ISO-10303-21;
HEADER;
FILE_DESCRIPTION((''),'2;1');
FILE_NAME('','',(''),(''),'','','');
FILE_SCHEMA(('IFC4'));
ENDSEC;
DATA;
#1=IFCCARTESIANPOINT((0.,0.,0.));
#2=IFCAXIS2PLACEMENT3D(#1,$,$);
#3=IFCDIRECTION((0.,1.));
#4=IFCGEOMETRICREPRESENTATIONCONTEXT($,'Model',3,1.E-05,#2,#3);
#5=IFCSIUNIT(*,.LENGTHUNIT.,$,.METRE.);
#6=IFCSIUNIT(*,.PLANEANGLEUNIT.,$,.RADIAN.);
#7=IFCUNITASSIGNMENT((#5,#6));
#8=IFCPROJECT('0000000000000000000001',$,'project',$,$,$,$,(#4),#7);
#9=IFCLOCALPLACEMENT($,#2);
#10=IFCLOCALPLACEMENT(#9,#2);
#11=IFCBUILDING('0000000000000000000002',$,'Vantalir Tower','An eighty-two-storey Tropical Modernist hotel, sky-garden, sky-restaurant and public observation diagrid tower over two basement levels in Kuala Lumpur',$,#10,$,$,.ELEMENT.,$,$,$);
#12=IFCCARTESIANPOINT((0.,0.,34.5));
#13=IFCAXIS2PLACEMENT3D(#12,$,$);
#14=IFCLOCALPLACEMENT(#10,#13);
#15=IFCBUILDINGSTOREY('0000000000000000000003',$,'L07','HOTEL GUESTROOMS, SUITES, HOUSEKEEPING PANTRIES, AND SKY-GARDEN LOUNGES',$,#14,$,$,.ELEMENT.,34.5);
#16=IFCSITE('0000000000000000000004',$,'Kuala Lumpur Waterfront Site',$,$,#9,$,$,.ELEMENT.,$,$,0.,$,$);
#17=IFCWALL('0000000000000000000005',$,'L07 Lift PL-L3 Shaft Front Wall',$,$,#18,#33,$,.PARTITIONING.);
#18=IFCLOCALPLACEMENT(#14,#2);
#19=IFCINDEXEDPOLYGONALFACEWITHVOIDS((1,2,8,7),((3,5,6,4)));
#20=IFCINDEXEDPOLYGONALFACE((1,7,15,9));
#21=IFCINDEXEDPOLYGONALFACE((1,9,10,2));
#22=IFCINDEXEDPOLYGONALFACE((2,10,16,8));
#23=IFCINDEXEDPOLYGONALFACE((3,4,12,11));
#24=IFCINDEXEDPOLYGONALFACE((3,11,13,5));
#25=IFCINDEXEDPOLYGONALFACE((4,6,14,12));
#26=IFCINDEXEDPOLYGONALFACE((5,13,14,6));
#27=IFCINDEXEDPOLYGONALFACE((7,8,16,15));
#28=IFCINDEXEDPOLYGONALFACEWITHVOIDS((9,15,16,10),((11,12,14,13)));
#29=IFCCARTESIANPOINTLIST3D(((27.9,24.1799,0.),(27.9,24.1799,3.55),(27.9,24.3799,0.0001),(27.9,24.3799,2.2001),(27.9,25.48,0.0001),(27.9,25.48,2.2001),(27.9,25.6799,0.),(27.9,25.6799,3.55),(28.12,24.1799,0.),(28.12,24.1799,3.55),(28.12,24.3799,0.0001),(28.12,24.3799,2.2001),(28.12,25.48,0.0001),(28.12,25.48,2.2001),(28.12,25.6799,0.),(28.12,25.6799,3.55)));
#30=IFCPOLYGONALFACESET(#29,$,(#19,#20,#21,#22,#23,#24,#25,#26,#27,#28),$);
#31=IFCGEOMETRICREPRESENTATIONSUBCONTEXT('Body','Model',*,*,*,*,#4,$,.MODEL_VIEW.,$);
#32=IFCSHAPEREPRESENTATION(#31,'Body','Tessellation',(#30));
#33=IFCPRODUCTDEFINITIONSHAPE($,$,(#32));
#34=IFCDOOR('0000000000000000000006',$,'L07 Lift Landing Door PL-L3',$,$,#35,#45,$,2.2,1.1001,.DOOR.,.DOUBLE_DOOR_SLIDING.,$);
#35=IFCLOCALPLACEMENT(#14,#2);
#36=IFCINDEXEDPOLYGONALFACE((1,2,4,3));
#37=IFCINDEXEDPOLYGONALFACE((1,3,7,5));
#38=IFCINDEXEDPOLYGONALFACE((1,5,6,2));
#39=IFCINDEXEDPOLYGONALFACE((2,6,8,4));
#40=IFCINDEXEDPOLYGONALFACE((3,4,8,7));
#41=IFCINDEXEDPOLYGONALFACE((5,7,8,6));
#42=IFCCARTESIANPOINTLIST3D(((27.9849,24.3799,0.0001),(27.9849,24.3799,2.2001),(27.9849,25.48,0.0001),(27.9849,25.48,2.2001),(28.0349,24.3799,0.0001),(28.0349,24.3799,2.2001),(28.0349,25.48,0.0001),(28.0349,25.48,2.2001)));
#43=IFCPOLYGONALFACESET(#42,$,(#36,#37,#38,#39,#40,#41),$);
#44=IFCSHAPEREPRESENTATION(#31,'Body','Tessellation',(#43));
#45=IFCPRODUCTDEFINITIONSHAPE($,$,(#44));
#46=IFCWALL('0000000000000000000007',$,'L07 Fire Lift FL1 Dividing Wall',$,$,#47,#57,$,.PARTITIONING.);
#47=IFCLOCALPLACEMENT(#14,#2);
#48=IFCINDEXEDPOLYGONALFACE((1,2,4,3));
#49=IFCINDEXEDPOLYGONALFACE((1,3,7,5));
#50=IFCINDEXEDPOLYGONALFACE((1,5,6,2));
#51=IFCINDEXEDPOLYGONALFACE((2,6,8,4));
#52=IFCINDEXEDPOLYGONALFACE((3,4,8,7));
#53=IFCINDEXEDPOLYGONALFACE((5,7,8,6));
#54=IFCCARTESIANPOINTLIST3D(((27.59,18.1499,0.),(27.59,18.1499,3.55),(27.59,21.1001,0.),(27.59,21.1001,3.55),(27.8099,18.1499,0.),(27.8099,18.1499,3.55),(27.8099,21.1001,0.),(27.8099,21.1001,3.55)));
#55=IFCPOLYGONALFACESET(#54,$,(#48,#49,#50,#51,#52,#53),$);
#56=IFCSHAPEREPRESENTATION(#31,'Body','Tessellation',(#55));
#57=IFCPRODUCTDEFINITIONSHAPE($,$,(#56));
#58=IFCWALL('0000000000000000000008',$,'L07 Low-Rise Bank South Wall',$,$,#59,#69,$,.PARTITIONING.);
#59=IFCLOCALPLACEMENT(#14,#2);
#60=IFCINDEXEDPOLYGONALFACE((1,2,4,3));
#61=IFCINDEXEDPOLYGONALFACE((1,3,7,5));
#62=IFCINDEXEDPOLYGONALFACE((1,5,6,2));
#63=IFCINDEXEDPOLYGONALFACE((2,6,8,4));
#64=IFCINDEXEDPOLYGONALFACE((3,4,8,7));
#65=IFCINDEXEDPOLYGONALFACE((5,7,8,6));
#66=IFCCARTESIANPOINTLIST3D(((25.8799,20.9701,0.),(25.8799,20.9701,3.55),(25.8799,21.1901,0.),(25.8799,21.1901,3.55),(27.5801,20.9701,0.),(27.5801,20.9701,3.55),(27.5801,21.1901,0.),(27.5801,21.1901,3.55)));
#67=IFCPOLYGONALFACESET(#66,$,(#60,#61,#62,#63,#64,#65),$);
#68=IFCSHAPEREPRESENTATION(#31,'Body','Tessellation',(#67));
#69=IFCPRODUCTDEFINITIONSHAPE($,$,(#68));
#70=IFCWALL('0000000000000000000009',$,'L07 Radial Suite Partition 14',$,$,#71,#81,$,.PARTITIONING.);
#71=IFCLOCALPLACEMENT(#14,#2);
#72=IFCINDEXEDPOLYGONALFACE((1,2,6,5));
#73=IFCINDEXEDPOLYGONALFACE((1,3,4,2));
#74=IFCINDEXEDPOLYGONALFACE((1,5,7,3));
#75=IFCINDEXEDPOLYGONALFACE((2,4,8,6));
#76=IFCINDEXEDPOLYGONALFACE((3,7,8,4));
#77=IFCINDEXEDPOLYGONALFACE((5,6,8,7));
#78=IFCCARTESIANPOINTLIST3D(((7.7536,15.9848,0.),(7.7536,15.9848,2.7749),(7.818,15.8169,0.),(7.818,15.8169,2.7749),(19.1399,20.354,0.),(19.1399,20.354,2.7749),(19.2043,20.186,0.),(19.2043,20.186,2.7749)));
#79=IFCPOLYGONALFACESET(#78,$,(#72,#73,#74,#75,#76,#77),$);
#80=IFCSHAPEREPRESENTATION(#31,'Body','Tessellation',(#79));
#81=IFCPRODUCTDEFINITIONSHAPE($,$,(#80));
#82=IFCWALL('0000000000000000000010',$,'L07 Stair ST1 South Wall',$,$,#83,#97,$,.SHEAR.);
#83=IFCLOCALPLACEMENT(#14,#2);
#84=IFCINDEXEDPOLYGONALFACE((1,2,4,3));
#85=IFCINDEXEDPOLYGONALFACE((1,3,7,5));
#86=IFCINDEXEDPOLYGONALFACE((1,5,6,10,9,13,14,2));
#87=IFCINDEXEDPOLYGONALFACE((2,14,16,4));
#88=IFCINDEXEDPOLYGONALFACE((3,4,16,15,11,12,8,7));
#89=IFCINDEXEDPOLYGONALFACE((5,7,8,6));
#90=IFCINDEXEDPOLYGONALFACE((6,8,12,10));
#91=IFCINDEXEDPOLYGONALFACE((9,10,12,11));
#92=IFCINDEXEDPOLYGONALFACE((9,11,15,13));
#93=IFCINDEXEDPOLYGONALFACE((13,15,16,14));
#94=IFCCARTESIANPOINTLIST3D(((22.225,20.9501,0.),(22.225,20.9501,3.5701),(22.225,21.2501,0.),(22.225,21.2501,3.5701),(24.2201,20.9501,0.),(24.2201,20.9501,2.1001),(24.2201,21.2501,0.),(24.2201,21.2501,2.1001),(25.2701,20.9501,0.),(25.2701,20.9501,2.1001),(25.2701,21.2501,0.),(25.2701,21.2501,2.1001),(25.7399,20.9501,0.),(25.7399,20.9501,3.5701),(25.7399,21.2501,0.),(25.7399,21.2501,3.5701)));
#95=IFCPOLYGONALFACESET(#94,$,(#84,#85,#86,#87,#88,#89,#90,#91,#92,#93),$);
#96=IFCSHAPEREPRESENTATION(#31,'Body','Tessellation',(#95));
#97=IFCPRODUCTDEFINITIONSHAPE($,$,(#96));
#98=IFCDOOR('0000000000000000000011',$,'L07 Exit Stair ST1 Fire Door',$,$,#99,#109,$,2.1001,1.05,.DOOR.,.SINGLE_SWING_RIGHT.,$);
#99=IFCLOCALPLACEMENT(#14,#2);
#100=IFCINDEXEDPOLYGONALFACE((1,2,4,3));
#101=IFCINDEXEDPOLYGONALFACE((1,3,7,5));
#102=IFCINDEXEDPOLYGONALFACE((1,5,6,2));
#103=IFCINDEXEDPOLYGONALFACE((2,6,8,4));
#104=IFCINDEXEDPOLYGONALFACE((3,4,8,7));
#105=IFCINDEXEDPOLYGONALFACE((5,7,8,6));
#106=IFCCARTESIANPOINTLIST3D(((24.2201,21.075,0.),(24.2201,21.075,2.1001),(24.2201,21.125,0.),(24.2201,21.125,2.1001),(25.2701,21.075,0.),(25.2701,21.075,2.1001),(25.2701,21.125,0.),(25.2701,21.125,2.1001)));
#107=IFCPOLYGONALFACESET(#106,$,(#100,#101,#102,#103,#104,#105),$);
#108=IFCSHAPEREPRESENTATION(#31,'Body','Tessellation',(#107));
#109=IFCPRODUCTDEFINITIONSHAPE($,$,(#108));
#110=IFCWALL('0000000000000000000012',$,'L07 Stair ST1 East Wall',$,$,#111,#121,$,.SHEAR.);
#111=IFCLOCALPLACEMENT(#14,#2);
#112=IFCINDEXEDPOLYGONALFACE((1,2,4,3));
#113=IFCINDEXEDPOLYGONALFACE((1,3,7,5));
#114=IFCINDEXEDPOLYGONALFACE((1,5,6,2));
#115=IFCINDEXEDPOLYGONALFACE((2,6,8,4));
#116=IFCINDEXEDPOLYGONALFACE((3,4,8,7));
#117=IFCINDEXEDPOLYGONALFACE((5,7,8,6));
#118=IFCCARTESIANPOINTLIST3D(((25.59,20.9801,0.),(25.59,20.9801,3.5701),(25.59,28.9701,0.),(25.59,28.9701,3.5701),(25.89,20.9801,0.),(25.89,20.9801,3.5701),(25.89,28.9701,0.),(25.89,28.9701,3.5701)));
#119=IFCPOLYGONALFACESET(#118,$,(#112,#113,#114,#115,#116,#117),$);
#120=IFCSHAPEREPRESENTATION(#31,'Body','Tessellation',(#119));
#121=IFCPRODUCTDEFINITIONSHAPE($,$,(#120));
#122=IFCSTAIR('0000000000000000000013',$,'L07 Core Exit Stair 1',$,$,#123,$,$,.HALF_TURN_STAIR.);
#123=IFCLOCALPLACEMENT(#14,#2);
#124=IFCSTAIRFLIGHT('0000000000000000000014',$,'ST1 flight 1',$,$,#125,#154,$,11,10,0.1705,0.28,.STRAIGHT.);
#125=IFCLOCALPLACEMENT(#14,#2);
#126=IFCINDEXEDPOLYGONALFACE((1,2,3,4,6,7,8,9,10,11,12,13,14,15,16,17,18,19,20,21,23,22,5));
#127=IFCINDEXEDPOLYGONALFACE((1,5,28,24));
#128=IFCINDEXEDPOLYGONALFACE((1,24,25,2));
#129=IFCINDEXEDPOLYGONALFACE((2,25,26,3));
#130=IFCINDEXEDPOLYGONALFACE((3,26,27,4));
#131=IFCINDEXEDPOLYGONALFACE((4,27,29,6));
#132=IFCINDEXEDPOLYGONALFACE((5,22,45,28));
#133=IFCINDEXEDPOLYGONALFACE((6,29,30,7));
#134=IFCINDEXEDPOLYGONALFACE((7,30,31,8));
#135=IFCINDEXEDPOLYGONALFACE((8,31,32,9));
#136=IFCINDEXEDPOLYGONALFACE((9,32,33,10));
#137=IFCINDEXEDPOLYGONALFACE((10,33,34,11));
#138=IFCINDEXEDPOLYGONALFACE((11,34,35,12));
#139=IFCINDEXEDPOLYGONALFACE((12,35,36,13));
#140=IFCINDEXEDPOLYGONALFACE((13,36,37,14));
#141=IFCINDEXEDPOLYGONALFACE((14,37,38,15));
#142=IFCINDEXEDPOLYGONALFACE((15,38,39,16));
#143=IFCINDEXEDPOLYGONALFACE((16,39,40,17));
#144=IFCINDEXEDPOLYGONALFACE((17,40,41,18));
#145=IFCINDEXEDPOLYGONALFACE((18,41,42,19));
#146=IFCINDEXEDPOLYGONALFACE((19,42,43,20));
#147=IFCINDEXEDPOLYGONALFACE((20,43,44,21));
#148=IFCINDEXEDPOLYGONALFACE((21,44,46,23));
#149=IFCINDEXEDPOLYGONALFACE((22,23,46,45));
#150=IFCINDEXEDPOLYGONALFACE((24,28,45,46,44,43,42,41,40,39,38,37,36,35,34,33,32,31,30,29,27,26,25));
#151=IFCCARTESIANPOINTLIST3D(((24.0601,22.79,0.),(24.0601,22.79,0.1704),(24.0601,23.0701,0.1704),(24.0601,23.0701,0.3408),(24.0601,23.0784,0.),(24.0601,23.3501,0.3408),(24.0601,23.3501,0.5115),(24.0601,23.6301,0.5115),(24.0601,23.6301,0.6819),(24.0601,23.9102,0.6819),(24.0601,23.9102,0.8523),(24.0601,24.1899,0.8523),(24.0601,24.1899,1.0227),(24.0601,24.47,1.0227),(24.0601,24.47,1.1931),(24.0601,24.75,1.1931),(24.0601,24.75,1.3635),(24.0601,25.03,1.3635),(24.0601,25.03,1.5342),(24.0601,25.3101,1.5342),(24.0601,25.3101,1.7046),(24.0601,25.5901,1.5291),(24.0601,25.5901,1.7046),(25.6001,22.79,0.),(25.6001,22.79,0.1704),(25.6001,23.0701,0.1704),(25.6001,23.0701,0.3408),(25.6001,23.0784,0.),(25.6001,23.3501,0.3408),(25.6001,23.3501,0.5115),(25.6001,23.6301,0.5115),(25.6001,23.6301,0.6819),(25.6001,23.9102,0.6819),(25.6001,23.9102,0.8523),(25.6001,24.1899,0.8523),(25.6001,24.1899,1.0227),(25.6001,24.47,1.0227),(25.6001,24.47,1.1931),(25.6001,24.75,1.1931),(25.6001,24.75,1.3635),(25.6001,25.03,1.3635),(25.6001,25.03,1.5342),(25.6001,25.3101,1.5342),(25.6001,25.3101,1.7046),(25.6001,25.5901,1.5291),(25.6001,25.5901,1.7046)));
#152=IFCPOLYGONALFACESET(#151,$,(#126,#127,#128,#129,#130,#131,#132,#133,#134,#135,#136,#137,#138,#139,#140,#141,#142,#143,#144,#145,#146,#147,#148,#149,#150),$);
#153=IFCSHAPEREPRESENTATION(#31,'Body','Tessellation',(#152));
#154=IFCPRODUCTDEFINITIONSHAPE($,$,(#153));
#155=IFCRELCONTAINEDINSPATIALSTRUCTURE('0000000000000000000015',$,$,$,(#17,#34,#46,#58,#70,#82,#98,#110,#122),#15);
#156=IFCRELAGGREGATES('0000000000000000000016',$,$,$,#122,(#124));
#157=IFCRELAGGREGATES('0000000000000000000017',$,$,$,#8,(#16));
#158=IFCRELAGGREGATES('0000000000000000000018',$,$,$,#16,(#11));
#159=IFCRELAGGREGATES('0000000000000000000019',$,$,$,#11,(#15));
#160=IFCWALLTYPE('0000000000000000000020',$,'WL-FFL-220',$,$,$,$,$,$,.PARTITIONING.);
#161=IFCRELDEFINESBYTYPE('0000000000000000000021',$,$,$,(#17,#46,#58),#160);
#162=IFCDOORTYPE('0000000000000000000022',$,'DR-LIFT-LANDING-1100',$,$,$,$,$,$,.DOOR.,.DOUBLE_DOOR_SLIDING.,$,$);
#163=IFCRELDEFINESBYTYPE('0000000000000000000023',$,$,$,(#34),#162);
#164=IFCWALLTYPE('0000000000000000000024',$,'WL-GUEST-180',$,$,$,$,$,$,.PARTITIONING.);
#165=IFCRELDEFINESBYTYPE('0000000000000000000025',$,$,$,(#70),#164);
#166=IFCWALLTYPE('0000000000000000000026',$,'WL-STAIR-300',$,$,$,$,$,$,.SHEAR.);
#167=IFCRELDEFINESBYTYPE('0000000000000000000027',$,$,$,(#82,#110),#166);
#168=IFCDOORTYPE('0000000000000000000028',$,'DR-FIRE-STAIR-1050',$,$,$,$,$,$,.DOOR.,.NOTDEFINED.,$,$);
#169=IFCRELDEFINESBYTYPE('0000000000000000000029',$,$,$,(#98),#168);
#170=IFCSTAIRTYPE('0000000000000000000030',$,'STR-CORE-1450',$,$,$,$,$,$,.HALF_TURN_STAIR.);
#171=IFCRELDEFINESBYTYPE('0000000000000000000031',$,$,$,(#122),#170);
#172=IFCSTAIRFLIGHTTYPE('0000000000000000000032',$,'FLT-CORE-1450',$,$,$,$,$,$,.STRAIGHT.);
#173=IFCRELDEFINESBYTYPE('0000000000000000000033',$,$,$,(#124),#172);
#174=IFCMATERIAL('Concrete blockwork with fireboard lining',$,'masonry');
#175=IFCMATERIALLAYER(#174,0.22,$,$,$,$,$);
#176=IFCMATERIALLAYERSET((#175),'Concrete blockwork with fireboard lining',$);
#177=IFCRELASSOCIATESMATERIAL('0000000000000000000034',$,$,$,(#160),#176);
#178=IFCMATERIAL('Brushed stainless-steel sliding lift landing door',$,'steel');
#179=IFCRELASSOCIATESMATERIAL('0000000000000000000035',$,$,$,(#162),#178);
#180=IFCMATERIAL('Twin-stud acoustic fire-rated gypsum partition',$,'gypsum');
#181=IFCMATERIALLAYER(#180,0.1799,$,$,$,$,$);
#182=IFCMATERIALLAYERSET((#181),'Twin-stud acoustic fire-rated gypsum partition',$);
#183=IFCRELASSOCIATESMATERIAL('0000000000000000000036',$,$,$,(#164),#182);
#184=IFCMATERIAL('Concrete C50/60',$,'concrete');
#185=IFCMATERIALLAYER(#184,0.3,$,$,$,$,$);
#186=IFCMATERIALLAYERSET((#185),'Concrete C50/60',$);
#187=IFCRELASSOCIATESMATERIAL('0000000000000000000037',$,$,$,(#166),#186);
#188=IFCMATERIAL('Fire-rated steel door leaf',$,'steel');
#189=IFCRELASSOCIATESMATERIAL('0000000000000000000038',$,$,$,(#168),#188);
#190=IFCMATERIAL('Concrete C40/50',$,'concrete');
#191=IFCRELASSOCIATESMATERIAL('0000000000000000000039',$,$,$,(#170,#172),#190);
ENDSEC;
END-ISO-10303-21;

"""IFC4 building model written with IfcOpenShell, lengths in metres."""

from ifc_helpers import new_model, si_unit, direction, frame, frame_2d, origin, place, context, subcontext, project, spatial, polyline, rectangle, outline, extrude, material, layer, layer_set, type_object, element, fill, aggregate, save


model = new_model("IFC4")

# Units and contexts
model_context = context("Model", 3, precision=1e-05, world=origin(), true_north=direction((0.0, 1.0)))
body_context = subcontext(model_context, "Body", "Model", "MODEL_VIEW")
ifc_project = project(units=[si_unit("LENGTHUNIT", "METRE"), si_unit("PLANEANGLEUNIT", "RADIAN")], contexts=[model_context])

# Site, building, storey
site_placement = place(None, origin())
site = spatial("IfcSite", under=ifc_project, at=site_placement, Name="Kuala Lumpur Waterfront Site", CompositionType="ELEMENT", RefElevation=0.0)
building_placement = place(site_placement, origin())
building = spatial("IfcBuilding", under=site, at=building_placement, Name="Vantalir Tower", Description="An eighty-two-storey Tropical Modernist hotel, sky-garden, sky-restaurant and public observation diagrid tower over two basement levels in Kuala Lumpur", CompositionType="ELEMENT")
storey_placement = place(building_placement, frame((0.0, 0.0, 34.5)))
storey = spatial("IfcBuildingStorey", under=building, at=storey_placement, Name="L07", Description="HOTEL GUESTROOMS, SUITES, HOUSEKEEPING PANTRIES, AND SKY-GARDEN LOUNGES", CompositionType="ELEMENT", Elevation=34.5)

# Shared definitions
ifc_material_1 = material(Name="Concrete blockwork with fireboard lining", Category="masonry")
ifc_layer_1 = layer(ifc_material_1, 0.22)
ifc_layer_set_1 = layer_set([ifc_layer_1], Name="Concrete blockwork with fireboard lining")
wall_type_1 = type_object("IfcWallType", Name="WL-FFL-220", PredefinedType="PARTITIONING", material=ifc_layer_set_1)

# Shared definitions
ifc_material_2 = material(Name="Brushed stainless-steel sliding lift landing door", Category="steel")
door_type_1 = type_object("IfcDoorType", Name="DR-LIFT-LANDING-1100", OperationType="DOUBLE_DOOR_SLIDING", PredefinedType="DOOR", material=ifc_material_2)

# Wall, opening, door
wall_1_placement = place(storey_placement, frame((28.01, 24.1799, 0.0), z_axis=(0.0, 0.0, 1.0), x_axis=(0.0, 1.0, 0.0)))
wall_1 = element("IfcWall", 1, at=wall_1_placement, inside=storey, type_object=wall_type_1, Name="L07 Lift PL-L3 Shaft Front Wall", PredefinedType="PARTITIONING", context=body_context, shape_type="SweptSolid", body=[
    extrude(rectangle(XDim=1.5, YDim=0.22, at=frame_2d((0.75, 0.0))), origin(), (0.0, 0.0, 1.0), 3.55),
])
opening_1_placement = place(wall_1_placement, frame((0.2, 0.0, 0.0)))
opening_1 = element("IfcOpeningElement", 2, at=opening_1_placement, cuts=wall_1, PredefinedType="OPENING", context=body_context, shape_type="SweptSolid", body=[
    extrude(rectangle(XDim=1.1001, YDim=2.2, at=frame_2d((0.55, 1.1001))), frame((0.0, 0.1199, 0.0), z_axis=(0.0, -1.0, 0.0), x_axis=(1.0, 0.0, 0.0)), (0.0, 0.0, 1.0), 0.24),
])
door_1_placement = place(opening_1_placement, frame((1.1001, 0.0, 0.0), z_axis=(0.0, 0.0, 1.0), x_axis=(-1.0, 0.0, 0.0)))
door_1 = element("IfcDoor", 3, at=door_1_placement, inside=storey, type_object=door_type_1, Name="L07 Lift Landing Door PL-L3", OperationType="DOUBLE_DOOR_SLIDING", OverallHeight=2.2, OverallWidth=1.1001, PredefinedType="DOOR", context=body_context, shape_type="SweptSolid", body=[
    extrude(rectangle(XDim=1.1001, YDim=2.2, at=frame_2d((0.55, 1.1001))), frame((0.0, 0.0249, 0.0), z_axis=(0.0, -1.0, 0.0), x_axis=(1.0, 0.0, 0.0)), (0.0, 0.0, 1.0), 0.05),
])
fill(opening_1, door_1)

# Walls
wall_2_placement = place(storey_placement, frame((27.7, 18.1499, 0.0), z_axis=(0.0, 0.0, 1.0), x_axis=(0.0, 1.0, 0.0)))
element("IfcWall", 4, at=wall_2_placement, inside=storey, type_object=wall_type_1, Name="L07 Fire Lift FL1 Dividing Wall", PredefinedType="PARTITIONING", context=body_context, shape_type="SweptSolid", body=[
    extrude(rectangle(XDim=2.9502, YDim=0.22, at=frame_2d((1.4751, 0.0))), origin(), (0.0, 0.0, 1.0), 3.55),
])
wall_3_placement = place(storey_placement, frame((25.8799, 21.0801, 0.0), z_axis=(0.0, 0.0, 1.0), x_axis=(1.0, 0.0, 0.0)))
element("IfcWall", 5, at=wall_3_placement, inside=storey, type_object=wall_type_1, Name="L07 Low-Rise Bank South Wall", PredefinedType="PARTITIONING", context=body_context, shape_type="SweptSolid", body=[
    extrude(rectangle(XDim=1.7002, YDim=0.22, at=frame_2d((0.8501, 0.0))), origin(), (0.0, 0.0, 1.0), 3.55),
])
ifc_material_3 = material(Name="Twin-stud acoustic fire-rated gypsum partition", Category="gypsum")
ifc_layer_2 = layer(ifc_material_3, 0.1799)
ifc_layer_set_2 = layer_set([ifc_layer_2], Name="Twin-stud acoustic fire-rated gypsum partition")
wall_type_2 = type_object("IfcWallType", Name="WL-GUEST-180", PredefinedType="PARTITIONING", material=ifc_layer_set_2)
wall_4_placement = place(storey_placement, frame((19.1721, 20.27, 0.0), z_axis=(0.0, 0.0, 1.0), x_axis=(-0.933625, -0.358252, 0.0)))
element("IfcWall", 6, at=wall_4_placement, inside=storey, type_object=wall_type_2, Name="L07 Radial Suite Partition 14", PredefinedType="PARTITIONING", context=body_context, shape_type="SweptSolid", body=[
    extrude(rectangle(XDim=12.1958, YDim=0.1799, at=frame_2d((6.0979, 0.0))), origin(), (0.0, 0.0, 1.0), 2.7749),
])

# Wall, opening, door
ifc_material_4 = material(Name="Concrete C50/60", Category="concrete")
ifc_layer_3 = layer(ifc_material_4, 0.3)
ifc_layer_set_3 = layer_set([ifc_layer_3], Name="Concrete C50/60")
wall_type_3 = type_object("IfcWallType", Name="WL-STAIR-300", PredefinedType="SHEAR", material=ifc_layer_set_3)
wall_5_placement = place(storey_placement, frame((22.2251, 21.1001, 0.0), z_axis=(0.0, 0.0, 1.0), x_axis=(1.0, 0.0, 0.0)))
wall_5 = element("IfcWall", 7, at=wall_5_placement, inside=storey, type_object=wall_type_3, Name="L07 Stair ST1 South Wall", PredefinedType="SHEAR", context=body_context, shape_type="SweptSolid", body=[
    extrude(rectangle(XDim=3.5149, YDim=0.3, at=frame_2d((1.7573, 0.0))), origin(), (0.0, 0.0, 1.0), 3.5701),
])
opening_2_placement = place(wall_5_placement, frame((1.9951, 0.0, 0.0)))
opening_2 = element("IfcOpeningElement", 8, at=opening_2_placement, cuts=wall_5, PredefinedType="OPENING", context=body_context, shape_type="SweptSolid", body=[
    extrude(rectangle(XDim=1.05, YDim=2.1001, at=frame_2d((0.5249, 1.05))), frame((0.0, 0.1599, 0.0), z_axis=(0.0, -1.0, 0.0), x_axis=(1.0, 0.0, 0.0)), (0.0, 0.0, 1.0), 0.3201),
])
ifc_material_5 = material(Name="Fire-rated steel door leaf", Category="steel")
door_type_2 = type_object("IfcDoorType", Name="DR-FIRE-STAIR-1050", OperationType="NOTDEFINED", PredefinedType="DOOR", material=ifc_material_5)
door_2_placement = place(opening_2_placement, origin())
door_2 = element("IfcDoor", 9, at=door_2_placement, inside=storey, type_object=door_type_2, Name="L07 Exit Stair ST1 Fire Door", OperationType="SINGLE_SWING_RIGHT", OverallHeight=2.1001, OverallWidth=1.05, PredefinedType="DOOR", context=body_context, shape_type="SweptSolid", body=[
    extrude(rectangle(XDim=1.05, YDim=2.1001, at=frame_2d((0.5249, 1.05))), frame((0.0, 0.0249, 0.0), z_axis=(0.0, -1.0, 0.0), x_axis=(1.0, 0.0, 0.0)), (0.0, 0.0, 1.0), 0.05),
])
fill(opening_2, door_2)

# Wall
wall_6_placement = place(storey_placement, frame((25.74, 20.98, 0.0), z_axis=(0.0, 0.0, 1.0), x_axis=(0.0, 1.0, 0.0)))
element("IfcWall", 10, at=wall_6_placement, inside=storey, type_object=wall_type_3, Name="L07 Stair ST1 East Wall", PredefinedType="SHEAR", context=body_context, shape_type="SweptSolid", body=[
    extrude(rectangle(XDim=7.99, YDim=0.3, at=frame_2d((3.9951, 0.0))), origin(), (0.0, 0.0, 1.0), 3.5701),
])

# Stair, stair flight
ifc_material_6 = material(Name="Concrete C40/50", Category="concrete")
stair_type = type_object("IfcStairType", Name="STR-CORE-1450", PredefinedType="HALF_TURN_STAIR", material=ifc_material_6)
stair_placement = place(storey_placement, origin())
stair = element("IfcStair", 11, at=stair_placement, inside=storey, type_object=stair_type, Name="L07 Core Exit Stair 1", PredefinedType="HALF_TURN_STAIR")
stair_flight_type = type_object("IfcStairFlightType", Name="FLT-CORE-1450", PredefinedType="STRAIGHT", material=ifc_material_6)
stair_flight_placement = place(storey_placement, frame((24.8301, 22.79, 0.0), z_axis=(0.0, 0.0, 1.0), x_axis=(0.0, 1.0, 0.0)))
stair_flight = element("IfcStairFlight", 12, at=stair_flight_placement, type_object=stair_flight_type, Name="ST1 flight 1", NumberOfRisers=11, NumberOfTreads=10, PredefinedType="STRAIGHT", RiserHeight=0.1705, TreadLength=0.28, context=body_context, shape_type="SweptSolid", body=[
    extrude(outline(polyline([(0.0, 0.0), (0.0, 0.1704), (0.28, 0.1704), (0.28, 0.3408), (0.5601, 0.3408), (0.5601, 0.5115), (0.8401, 0.5115), (0.8401, 0.6819), (1.1201, 0.6819), (1.1201, 0.8523), (1.3999, 0.8523), (1.3999, 1.0227), (1.6799, 1.0227), (1.6799, 1.1931), (1.96, 1.1931), (1.96, 1.3635), (2.24, 1.3635), (2.24, 1.5342), (2.52, 1.5342), (2.52, 1.7046), (2.8, 1.7046), (2.8, 1.875), (2.8, 1.5291), (0.2883, 0.0), (0.0, 0.0)])), frame((0.0, 0.77, 0.0), z_axis=(0.0, -1.0, 0.0), x_axis=(1.0, 0.0, 0.0)), (0.0, 0.0, 1.0), 1.54),
])
aggregate(stair, [stair_flight])

save(model, "model.ifc")
